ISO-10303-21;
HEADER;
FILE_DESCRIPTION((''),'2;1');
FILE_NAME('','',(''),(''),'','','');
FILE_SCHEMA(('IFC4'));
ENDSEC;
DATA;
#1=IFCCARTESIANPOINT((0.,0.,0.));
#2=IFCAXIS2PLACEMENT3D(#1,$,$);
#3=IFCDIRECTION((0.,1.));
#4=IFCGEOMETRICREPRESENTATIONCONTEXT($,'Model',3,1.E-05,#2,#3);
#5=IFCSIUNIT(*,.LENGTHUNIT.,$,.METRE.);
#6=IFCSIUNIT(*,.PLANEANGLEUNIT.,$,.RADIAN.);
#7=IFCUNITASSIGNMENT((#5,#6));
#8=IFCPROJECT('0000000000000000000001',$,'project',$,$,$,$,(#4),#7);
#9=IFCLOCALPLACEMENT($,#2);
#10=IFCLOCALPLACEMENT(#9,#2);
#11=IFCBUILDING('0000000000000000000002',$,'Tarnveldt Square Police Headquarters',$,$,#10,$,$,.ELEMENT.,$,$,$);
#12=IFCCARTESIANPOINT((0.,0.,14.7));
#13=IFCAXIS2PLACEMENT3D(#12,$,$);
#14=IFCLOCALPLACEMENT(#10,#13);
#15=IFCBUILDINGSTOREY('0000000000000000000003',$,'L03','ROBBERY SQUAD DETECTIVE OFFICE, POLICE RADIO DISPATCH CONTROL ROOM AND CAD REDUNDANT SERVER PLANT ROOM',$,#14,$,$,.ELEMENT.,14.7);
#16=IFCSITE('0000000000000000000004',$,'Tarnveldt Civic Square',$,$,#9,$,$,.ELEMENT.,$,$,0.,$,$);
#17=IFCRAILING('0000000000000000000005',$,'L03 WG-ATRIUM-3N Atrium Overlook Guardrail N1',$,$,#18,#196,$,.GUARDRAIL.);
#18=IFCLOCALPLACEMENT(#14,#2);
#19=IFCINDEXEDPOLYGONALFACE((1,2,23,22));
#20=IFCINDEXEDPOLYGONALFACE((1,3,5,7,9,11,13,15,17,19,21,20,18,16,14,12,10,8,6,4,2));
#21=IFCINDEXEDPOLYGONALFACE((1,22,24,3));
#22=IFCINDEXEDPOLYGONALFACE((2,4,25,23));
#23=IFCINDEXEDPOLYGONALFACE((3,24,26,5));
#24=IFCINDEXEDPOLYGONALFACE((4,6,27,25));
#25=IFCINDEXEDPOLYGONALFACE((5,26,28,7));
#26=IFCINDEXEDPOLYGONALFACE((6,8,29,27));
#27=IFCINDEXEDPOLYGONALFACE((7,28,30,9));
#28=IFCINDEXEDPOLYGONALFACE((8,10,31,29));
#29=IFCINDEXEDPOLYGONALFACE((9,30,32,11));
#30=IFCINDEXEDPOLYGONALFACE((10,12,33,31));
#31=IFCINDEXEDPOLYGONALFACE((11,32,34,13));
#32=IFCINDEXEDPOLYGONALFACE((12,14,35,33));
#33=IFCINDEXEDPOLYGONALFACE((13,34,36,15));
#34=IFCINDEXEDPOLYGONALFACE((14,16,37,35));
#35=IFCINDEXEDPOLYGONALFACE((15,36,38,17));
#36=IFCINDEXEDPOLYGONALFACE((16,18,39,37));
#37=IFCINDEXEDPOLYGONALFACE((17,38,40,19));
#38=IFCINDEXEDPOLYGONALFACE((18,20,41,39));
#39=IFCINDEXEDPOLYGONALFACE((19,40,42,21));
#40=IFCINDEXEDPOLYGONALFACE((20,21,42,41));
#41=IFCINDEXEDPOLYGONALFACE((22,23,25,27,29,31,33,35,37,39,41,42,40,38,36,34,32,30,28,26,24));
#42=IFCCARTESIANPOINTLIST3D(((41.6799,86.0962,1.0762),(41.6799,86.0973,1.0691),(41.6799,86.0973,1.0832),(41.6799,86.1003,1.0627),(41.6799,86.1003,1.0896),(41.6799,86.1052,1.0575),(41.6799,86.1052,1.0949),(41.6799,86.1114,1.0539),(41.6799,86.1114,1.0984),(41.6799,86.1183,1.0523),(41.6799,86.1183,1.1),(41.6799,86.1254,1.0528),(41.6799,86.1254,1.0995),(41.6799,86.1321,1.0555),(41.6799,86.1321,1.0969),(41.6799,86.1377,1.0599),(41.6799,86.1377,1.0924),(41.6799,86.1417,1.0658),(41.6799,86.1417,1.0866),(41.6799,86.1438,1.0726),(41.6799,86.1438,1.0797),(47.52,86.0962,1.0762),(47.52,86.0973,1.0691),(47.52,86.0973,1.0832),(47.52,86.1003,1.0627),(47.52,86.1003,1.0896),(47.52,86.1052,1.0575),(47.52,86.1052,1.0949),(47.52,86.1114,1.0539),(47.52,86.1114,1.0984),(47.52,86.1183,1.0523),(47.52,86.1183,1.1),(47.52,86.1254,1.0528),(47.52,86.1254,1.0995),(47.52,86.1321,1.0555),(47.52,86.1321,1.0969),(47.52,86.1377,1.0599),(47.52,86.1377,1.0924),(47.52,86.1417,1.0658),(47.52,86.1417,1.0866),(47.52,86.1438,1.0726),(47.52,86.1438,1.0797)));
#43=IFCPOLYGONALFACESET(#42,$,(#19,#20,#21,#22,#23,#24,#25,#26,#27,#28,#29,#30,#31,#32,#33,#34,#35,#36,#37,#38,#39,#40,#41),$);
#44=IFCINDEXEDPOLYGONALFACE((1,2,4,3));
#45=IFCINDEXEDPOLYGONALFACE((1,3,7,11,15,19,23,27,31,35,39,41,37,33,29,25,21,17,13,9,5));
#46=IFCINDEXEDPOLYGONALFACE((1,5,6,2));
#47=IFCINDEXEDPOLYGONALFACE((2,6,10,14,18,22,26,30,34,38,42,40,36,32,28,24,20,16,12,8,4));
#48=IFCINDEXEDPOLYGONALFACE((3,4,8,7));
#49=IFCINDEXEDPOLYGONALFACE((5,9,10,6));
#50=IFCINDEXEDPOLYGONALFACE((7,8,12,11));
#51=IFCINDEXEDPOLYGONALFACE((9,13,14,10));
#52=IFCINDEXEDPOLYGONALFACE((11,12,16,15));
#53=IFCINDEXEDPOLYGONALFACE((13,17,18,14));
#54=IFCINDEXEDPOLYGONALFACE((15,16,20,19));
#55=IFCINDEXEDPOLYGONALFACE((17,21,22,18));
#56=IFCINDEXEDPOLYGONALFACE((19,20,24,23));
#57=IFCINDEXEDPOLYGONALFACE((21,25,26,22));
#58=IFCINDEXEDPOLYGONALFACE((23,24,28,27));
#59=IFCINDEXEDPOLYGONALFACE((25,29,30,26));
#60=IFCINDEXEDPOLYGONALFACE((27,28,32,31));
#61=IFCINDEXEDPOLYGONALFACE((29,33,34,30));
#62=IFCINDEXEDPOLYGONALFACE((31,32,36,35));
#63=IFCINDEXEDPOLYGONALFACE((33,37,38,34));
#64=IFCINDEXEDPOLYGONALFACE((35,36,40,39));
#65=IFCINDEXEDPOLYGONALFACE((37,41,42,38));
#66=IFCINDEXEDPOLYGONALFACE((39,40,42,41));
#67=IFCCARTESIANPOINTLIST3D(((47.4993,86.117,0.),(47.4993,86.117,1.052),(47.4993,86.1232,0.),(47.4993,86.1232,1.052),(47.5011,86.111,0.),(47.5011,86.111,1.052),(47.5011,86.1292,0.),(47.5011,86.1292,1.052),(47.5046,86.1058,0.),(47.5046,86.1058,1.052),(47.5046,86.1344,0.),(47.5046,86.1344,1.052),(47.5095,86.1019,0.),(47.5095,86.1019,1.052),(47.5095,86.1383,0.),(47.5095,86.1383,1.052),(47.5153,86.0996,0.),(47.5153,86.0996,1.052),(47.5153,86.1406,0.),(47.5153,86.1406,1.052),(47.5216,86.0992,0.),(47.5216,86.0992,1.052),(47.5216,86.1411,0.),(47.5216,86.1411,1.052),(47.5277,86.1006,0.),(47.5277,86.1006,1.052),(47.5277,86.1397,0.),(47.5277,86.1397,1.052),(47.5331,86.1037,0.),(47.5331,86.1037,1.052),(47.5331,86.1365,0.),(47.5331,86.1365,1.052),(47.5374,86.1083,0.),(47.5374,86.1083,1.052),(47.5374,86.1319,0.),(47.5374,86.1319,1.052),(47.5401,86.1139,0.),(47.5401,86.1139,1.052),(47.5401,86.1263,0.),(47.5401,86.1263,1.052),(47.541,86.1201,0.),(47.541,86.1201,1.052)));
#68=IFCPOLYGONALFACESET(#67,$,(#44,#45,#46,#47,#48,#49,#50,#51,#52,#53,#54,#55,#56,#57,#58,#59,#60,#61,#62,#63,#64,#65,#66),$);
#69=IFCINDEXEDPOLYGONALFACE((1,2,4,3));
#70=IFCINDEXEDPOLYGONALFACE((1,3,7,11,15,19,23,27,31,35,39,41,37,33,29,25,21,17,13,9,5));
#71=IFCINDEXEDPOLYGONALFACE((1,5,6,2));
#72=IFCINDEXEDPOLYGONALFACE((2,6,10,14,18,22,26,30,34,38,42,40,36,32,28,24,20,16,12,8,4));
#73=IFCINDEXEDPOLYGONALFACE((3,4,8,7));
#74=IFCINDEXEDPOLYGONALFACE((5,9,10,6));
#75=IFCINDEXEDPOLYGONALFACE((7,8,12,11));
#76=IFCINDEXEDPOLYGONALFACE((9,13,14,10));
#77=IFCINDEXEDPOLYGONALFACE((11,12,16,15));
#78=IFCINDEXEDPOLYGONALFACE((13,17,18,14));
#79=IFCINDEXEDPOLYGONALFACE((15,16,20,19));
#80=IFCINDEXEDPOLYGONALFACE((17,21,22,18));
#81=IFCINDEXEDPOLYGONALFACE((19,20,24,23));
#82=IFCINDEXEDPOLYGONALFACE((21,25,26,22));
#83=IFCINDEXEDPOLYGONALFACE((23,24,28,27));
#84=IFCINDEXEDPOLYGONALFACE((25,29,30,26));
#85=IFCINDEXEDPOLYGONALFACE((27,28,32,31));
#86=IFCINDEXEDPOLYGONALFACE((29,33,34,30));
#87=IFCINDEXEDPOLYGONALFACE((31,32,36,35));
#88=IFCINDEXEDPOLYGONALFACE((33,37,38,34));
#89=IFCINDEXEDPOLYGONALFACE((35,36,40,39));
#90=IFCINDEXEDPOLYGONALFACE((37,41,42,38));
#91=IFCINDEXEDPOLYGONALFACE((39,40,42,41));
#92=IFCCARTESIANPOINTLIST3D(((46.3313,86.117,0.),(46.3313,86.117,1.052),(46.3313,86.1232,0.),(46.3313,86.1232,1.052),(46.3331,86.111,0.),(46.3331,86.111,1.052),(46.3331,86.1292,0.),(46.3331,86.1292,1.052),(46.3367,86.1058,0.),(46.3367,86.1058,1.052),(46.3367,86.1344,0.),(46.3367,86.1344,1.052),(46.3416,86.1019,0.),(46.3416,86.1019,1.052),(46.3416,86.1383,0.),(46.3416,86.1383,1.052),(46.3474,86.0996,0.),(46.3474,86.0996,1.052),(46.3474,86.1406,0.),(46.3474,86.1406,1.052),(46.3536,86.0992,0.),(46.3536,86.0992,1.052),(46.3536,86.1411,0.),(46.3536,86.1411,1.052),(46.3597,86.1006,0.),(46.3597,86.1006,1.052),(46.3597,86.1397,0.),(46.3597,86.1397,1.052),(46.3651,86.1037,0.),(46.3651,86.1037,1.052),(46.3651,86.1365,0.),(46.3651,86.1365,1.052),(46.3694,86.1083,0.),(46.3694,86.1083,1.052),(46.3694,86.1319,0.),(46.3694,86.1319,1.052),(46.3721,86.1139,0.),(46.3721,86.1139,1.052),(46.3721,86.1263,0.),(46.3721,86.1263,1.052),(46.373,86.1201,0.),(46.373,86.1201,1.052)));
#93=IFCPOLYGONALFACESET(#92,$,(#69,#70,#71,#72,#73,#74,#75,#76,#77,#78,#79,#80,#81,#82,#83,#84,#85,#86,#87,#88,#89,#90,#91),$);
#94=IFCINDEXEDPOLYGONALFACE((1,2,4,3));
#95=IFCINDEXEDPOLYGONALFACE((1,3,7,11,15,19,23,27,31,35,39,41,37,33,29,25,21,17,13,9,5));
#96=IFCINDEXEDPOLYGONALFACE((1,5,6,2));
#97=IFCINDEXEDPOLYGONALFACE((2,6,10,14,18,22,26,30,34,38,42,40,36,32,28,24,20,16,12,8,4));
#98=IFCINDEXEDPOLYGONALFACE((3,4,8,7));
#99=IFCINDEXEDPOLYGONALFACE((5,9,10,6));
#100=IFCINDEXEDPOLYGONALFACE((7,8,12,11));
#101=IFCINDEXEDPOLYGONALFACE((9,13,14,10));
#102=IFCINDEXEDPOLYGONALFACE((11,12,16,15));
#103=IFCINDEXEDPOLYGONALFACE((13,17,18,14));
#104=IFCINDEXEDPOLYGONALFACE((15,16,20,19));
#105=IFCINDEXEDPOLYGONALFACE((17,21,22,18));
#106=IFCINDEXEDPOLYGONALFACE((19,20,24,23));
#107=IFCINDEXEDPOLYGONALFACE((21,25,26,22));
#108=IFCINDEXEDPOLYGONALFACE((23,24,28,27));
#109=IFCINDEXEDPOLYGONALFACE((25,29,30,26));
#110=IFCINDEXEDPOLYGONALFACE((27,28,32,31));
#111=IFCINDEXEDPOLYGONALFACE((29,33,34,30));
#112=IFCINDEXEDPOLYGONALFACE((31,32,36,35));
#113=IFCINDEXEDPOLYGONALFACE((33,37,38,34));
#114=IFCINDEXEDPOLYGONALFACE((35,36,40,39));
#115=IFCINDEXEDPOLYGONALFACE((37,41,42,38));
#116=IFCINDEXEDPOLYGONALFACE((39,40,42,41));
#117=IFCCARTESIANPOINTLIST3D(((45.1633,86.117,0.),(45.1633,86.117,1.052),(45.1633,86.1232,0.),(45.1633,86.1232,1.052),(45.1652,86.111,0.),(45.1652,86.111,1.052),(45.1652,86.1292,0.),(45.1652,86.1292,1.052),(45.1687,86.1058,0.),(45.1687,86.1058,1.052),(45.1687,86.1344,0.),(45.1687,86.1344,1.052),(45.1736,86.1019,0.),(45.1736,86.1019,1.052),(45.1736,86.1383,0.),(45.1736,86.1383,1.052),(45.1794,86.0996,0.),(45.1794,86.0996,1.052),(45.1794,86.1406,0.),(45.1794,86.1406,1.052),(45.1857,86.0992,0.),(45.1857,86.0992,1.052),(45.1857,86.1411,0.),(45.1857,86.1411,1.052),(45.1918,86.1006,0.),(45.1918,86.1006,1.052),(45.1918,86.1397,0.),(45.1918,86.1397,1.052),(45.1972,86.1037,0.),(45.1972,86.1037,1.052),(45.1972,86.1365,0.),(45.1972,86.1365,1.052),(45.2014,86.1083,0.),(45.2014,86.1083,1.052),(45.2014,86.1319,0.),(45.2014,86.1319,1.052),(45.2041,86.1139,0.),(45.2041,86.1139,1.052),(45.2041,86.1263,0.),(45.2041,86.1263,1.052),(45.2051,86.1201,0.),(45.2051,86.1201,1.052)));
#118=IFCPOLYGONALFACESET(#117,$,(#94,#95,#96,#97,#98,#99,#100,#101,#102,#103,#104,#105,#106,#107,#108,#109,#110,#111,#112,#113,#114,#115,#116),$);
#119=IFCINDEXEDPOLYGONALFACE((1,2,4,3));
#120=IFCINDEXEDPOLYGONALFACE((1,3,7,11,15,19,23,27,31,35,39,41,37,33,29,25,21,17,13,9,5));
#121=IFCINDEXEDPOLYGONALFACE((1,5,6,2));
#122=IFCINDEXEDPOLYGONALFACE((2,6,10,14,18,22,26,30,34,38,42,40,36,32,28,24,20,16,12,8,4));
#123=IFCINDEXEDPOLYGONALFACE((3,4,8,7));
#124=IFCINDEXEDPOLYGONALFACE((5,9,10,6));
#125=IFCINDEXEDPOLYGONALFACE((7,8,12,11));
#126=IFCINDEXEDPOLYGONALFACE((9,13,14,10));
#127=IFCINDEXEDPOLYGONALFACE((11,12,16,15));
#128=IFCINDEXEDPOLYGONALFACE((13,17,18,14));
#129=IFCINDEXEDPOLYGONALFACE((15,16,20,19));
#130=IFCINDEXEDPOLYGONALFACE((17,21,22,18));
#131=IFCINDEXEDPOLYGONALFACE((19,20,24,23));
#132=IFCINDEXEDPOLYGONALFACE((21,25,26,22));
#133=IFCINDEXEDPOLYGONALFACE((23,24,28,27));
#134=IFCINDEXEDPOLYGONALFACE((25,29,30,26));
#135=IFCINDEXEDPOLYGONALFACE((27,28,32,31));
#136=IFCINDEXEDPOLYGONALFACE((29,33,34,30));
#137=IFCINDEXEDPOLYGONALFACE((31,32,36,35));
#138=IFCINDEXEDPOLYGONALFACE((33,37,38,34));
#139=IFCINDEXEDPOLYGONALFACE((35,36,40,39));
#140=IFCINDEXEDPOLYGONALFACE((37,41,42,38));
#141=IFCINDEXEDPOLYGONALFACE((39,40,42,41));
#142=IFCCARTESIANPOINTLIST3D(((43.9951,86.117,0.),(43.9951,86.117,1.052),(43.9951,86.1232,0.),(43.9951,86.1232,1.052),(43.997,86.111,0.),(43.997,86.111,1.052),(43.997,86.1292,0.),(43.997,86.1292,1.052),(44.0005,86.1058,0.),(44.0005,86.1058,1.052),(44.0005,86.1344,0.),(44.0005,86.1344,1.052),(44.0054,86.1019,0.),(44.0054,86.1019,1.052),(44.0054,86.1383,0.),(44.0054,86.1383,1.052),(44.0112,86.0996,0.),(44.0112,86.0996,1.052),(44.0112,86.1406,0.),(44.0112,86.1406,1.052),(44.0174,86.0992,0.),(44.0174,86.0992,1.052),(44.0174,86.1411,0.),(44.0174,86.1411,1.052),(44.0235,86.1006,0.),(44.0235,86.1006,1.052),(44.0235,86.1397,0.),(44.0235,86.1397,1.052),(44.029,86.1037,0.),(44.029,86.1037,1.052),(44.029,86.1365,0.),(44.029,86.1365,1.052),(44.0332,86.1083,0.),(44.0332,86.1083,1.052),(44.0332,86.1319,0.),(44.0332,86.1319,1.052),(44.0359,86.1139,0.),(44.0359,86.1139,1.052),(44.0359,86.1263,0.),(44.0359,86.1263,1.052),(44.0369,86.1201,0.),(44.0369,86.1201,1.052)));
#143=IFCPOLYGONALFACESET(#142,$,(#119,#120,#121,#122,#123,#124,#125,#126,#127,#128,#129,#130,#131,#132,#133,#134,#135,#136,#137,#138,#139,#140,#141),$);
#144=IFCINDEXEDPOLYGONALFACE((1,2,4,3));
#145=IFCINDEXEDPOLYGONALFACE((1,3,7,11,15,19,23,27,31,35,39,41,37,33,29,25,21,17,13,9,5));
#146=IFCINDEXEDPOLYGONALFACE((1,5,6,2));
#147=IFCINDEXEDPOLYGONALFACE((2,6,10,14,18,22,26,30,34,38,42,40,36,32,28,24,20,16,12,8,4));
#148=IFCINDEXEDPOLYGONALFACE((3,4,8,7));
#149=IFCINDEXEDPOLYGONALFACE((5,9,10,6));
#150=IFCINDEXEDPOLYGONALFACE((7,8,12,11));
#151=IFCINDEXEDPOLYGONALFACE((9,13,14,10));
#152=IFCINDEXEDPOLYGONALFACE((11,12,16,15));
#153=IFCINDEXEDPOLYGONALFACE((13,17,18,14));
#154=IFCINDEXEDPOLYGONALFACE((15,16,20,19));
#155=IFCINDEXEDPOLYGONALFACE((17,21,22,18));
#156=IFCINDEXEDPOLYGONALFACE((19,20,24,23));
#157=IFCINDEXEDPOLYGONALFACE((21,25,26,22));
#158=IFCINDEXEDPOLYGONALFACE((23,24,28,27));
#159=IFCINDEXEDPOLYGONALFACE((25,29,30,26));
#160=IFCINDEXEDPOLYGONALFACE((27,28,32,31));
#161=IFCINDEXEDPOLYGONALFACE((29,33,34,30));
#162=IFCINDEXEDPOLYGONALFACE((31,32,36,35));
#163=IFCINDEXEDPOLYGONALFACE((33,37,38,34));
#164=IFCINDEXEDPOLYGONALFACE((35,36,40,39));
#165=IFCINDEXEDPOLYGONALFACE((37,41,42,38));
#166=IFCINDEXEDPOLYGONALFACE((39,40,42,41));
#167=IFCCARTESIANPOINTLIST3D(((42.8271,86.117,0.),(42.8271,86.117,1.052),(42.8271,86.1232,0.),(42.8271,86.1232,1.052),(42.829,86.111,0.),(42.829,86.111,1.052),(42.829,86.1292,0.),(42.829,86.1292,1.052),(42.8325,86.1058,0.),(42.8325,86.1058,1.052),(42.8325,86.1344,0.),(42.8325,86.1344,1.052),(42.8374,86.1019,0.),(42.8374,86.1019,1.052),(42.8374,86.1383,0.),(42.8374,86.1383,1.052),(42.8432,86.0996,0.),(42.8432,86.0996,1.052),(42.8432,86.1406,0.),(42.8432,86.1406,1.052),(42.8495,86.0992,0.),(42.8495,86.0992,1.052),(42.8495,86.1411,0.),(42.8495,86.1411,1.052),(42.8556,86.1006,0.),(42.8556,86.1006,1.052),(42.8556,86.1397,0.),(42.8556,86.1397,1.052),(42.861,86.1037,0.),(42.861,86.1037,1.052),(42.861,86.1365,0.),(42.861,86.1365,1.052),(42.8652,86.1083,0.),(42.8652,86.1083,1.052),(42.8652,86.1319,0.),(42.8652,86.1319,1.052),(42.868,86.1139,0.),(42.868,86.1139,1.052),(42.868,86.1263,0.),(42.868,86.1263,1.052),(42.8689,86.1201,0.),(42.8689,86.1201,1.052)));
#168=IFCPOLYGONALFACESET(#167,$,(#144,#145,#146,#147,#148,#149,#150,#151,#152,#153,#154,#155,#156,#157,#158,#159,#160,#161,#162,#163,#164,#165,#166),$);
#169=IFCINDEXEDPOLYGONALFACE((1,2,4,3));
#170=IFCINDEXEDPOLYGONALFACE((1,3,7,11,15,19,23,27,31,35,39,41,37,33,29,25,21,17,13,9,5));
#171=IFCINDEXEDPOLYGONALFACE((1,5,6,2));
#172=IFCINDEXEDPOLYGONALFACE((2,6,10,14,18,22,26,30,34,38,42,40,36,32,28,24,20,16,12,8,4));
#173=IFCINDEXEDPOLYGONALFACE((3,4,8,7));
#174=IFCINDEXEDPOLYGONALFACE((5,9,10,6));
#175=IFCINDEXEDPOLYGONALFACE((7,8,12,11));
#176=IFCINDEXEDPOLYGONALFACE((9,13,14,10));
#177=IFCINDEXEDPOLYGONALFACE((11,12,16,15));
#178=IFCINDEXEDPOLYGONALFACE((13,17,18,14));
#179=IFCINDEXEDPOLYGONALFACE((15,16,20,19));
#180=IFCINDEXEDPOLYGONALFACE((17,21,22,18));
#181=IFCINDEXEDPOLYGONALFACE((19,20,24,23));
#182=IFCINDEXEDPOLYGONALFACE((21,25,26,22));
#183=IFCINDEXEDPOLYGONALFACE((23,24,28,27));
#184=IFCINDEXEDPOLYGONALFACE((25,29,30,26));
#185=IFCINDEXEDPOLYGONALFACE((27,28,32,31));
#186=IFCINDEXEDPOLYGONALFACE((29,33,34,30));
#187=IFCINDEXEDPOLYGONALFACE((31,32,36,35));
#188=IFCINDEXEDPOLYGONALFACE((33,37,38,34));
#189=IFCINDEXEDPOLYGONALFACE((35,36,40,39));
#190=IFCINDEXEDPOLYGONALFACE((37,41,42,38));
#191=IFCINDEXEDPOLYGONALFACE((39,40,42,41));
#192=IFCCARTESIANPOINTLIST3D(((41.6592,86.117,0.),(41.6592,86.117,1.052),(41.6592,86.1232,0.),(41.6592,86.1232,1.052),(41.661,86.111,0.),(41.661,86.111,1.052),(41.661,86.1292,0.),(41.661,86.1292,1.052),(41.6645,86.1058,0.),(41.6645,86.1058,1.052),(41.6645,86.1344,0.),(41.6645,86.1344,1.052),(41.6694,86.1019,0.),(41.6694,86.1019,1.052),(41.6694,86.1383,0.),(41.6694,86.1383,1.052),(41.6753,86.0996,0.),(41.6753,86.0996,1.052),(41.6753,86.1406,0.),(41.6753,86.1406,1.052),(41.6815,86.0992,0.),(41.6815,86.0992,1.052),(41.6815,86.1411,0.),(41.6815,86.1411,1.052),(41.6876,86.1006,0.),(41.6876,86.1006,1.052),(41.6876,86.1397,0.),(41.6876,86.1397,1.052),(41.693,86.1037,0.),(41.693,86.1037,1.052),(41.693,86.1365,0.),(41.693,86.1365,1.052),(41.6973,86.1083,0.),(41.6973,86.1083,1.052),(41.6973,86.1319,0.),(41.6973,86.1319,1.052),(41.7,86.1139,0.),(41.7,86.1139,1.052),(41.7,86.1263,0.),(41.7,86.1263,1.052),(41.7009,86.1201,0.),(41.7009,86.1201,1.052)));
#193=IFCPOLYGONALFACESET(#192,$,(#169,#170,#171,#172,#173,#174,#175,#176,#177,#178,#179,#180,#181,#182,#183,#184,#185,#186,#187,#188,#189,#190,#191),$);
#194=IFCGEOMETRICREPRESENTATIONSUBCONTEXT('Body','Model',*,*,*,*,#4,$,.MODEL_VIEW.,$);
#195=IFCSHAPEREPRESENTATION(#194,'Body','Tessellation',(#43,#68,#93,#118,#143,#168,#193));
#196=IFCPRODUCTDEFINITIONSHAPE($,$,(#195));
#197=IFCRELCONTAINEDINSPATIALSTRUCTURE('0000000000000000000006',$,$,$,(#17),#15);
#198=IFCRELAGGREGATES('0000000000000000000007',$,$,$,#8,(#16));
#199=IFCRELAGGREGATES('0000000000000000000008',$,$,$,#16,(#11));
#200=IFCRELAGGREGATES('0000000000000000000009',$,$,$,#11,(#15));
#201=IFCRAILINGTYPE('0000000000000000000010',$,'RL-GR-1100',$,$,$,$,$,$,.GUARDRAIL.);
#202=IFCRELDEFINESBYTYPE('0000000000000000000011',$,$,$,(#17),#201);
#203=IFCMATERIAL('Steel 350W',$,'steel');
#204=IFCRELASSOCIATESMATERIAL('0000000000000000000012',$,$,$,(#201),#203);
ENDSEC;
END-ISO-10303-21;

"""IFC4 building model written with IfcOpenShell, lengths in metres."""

from ifc_helpers import new_model, si_unit, direction, frame, origin, origin_2d, place, context, subcontext, project, spatial, circle, extrude, material, type_object, element, save


model = new_model("IFC4")

# Units and contexts
model_context = context("Model", 3, precision=1e-05, world=origin(), true_north=direction((0.0, 1.0)))
body_context = subcontext(model_context, "Body", "Model", "MODEL_VIEW")
ifc_project = project(units=[si_unit("LENGTHUNIT", "METRE"), si_unit("PLANEANGLEUNIT", "RADIAN")], contexts=[model_context])

# Site, building, storey
site_placement = place(None, origin())
site = spatial("IfcSite", under=ifc_project, at=site_placement, Name="Tarnveldt Civic Square", CompositionType="ELEMENT", RefElevation=0.0)
building_placement = place(site_placement, origin())
building = spatial("IfcBuilding", under=site, at=building_placement, Name="Tarnveldt Square Police Headquarters", CompositionType="ELEMENT")
storey_placement = place(building_placement, frame((0.0, 0.0, 14.7)))
storey = spatial("IfcBuildingStorey", under=building, at=storey_placement, Name="L03", Description="ROBBERY SQUAD DETECTIVE OFFICE, POLICE RADIO DISPATCH CONTROL ROOM AND CAD REDUNDANT SERVER PLANT ROOM", CompositionType="ELEMENT", Elevation=14.7)

# Shared definitions
ifc_material_1 = material(Name="Steel 350W", Category="steel")

# Railing
railing_type = type_object("IfcRailingType", Name="RL-GR-1100", PredefinedType="GUARDRAIL", material=ifc_material_1)
railing_1_placement = place(storey_placement, frame((47.52, 86.1201, 0.0)))
element("IfcRailing", 1, at=railing_1_placement, inside=storey, type_object=railing_type, Name="L03 WG-ATRIUM-3N Atrium Overlook Guardrail N1", PredefinedType="GUARDRAIL", context=body_context, shape_type="SweptSolid", body=[
    extrude(circle(Radius=0.0239, at=origin_2d()), frame((0.0, 0.0, 1.0762), z_axis=(-1.0, 0.0, 0.0), x_axis=(0.0, -1.0, 0.0)), (0.0, 0.0, 1.0), 5.8401),
    extrude(circle(Radius=0.021, at=origin_2d()), origin(), (0.0, 0.0, 1.0), 1.052),
    extrude(circle(Radius=0.021, at=origin_2d()), frame((-1.168, 0.0, 0.0)), (0.0, 0.0, 1.0), 1.052),
    extrude(circle(Radius=0.021, at=origin_2d()), frame((-2.3359, 0.0, 0.0)), (0.0, 0.0, 1.0), 1.052),
    extrude(circle(Radius=0.021, at=origin_2d()), frame((-3.5042, 0.0, 0.0)), (0.0, 0.0, 1.0), 1.052),
    extrude(circle(Radius=0.021, at=origin_2d()), frame((-4.6721, 0.0, 0.0)), (0.0, 0.0, 1.0), 1.052),
    extrude(circle(Radius=0.021, at=origin_2d()), frame((-5.8401, 0.0, 0.0)), (0.0, 0.0, 1.0), 1.052),
])

save(model, "model.ifc")
